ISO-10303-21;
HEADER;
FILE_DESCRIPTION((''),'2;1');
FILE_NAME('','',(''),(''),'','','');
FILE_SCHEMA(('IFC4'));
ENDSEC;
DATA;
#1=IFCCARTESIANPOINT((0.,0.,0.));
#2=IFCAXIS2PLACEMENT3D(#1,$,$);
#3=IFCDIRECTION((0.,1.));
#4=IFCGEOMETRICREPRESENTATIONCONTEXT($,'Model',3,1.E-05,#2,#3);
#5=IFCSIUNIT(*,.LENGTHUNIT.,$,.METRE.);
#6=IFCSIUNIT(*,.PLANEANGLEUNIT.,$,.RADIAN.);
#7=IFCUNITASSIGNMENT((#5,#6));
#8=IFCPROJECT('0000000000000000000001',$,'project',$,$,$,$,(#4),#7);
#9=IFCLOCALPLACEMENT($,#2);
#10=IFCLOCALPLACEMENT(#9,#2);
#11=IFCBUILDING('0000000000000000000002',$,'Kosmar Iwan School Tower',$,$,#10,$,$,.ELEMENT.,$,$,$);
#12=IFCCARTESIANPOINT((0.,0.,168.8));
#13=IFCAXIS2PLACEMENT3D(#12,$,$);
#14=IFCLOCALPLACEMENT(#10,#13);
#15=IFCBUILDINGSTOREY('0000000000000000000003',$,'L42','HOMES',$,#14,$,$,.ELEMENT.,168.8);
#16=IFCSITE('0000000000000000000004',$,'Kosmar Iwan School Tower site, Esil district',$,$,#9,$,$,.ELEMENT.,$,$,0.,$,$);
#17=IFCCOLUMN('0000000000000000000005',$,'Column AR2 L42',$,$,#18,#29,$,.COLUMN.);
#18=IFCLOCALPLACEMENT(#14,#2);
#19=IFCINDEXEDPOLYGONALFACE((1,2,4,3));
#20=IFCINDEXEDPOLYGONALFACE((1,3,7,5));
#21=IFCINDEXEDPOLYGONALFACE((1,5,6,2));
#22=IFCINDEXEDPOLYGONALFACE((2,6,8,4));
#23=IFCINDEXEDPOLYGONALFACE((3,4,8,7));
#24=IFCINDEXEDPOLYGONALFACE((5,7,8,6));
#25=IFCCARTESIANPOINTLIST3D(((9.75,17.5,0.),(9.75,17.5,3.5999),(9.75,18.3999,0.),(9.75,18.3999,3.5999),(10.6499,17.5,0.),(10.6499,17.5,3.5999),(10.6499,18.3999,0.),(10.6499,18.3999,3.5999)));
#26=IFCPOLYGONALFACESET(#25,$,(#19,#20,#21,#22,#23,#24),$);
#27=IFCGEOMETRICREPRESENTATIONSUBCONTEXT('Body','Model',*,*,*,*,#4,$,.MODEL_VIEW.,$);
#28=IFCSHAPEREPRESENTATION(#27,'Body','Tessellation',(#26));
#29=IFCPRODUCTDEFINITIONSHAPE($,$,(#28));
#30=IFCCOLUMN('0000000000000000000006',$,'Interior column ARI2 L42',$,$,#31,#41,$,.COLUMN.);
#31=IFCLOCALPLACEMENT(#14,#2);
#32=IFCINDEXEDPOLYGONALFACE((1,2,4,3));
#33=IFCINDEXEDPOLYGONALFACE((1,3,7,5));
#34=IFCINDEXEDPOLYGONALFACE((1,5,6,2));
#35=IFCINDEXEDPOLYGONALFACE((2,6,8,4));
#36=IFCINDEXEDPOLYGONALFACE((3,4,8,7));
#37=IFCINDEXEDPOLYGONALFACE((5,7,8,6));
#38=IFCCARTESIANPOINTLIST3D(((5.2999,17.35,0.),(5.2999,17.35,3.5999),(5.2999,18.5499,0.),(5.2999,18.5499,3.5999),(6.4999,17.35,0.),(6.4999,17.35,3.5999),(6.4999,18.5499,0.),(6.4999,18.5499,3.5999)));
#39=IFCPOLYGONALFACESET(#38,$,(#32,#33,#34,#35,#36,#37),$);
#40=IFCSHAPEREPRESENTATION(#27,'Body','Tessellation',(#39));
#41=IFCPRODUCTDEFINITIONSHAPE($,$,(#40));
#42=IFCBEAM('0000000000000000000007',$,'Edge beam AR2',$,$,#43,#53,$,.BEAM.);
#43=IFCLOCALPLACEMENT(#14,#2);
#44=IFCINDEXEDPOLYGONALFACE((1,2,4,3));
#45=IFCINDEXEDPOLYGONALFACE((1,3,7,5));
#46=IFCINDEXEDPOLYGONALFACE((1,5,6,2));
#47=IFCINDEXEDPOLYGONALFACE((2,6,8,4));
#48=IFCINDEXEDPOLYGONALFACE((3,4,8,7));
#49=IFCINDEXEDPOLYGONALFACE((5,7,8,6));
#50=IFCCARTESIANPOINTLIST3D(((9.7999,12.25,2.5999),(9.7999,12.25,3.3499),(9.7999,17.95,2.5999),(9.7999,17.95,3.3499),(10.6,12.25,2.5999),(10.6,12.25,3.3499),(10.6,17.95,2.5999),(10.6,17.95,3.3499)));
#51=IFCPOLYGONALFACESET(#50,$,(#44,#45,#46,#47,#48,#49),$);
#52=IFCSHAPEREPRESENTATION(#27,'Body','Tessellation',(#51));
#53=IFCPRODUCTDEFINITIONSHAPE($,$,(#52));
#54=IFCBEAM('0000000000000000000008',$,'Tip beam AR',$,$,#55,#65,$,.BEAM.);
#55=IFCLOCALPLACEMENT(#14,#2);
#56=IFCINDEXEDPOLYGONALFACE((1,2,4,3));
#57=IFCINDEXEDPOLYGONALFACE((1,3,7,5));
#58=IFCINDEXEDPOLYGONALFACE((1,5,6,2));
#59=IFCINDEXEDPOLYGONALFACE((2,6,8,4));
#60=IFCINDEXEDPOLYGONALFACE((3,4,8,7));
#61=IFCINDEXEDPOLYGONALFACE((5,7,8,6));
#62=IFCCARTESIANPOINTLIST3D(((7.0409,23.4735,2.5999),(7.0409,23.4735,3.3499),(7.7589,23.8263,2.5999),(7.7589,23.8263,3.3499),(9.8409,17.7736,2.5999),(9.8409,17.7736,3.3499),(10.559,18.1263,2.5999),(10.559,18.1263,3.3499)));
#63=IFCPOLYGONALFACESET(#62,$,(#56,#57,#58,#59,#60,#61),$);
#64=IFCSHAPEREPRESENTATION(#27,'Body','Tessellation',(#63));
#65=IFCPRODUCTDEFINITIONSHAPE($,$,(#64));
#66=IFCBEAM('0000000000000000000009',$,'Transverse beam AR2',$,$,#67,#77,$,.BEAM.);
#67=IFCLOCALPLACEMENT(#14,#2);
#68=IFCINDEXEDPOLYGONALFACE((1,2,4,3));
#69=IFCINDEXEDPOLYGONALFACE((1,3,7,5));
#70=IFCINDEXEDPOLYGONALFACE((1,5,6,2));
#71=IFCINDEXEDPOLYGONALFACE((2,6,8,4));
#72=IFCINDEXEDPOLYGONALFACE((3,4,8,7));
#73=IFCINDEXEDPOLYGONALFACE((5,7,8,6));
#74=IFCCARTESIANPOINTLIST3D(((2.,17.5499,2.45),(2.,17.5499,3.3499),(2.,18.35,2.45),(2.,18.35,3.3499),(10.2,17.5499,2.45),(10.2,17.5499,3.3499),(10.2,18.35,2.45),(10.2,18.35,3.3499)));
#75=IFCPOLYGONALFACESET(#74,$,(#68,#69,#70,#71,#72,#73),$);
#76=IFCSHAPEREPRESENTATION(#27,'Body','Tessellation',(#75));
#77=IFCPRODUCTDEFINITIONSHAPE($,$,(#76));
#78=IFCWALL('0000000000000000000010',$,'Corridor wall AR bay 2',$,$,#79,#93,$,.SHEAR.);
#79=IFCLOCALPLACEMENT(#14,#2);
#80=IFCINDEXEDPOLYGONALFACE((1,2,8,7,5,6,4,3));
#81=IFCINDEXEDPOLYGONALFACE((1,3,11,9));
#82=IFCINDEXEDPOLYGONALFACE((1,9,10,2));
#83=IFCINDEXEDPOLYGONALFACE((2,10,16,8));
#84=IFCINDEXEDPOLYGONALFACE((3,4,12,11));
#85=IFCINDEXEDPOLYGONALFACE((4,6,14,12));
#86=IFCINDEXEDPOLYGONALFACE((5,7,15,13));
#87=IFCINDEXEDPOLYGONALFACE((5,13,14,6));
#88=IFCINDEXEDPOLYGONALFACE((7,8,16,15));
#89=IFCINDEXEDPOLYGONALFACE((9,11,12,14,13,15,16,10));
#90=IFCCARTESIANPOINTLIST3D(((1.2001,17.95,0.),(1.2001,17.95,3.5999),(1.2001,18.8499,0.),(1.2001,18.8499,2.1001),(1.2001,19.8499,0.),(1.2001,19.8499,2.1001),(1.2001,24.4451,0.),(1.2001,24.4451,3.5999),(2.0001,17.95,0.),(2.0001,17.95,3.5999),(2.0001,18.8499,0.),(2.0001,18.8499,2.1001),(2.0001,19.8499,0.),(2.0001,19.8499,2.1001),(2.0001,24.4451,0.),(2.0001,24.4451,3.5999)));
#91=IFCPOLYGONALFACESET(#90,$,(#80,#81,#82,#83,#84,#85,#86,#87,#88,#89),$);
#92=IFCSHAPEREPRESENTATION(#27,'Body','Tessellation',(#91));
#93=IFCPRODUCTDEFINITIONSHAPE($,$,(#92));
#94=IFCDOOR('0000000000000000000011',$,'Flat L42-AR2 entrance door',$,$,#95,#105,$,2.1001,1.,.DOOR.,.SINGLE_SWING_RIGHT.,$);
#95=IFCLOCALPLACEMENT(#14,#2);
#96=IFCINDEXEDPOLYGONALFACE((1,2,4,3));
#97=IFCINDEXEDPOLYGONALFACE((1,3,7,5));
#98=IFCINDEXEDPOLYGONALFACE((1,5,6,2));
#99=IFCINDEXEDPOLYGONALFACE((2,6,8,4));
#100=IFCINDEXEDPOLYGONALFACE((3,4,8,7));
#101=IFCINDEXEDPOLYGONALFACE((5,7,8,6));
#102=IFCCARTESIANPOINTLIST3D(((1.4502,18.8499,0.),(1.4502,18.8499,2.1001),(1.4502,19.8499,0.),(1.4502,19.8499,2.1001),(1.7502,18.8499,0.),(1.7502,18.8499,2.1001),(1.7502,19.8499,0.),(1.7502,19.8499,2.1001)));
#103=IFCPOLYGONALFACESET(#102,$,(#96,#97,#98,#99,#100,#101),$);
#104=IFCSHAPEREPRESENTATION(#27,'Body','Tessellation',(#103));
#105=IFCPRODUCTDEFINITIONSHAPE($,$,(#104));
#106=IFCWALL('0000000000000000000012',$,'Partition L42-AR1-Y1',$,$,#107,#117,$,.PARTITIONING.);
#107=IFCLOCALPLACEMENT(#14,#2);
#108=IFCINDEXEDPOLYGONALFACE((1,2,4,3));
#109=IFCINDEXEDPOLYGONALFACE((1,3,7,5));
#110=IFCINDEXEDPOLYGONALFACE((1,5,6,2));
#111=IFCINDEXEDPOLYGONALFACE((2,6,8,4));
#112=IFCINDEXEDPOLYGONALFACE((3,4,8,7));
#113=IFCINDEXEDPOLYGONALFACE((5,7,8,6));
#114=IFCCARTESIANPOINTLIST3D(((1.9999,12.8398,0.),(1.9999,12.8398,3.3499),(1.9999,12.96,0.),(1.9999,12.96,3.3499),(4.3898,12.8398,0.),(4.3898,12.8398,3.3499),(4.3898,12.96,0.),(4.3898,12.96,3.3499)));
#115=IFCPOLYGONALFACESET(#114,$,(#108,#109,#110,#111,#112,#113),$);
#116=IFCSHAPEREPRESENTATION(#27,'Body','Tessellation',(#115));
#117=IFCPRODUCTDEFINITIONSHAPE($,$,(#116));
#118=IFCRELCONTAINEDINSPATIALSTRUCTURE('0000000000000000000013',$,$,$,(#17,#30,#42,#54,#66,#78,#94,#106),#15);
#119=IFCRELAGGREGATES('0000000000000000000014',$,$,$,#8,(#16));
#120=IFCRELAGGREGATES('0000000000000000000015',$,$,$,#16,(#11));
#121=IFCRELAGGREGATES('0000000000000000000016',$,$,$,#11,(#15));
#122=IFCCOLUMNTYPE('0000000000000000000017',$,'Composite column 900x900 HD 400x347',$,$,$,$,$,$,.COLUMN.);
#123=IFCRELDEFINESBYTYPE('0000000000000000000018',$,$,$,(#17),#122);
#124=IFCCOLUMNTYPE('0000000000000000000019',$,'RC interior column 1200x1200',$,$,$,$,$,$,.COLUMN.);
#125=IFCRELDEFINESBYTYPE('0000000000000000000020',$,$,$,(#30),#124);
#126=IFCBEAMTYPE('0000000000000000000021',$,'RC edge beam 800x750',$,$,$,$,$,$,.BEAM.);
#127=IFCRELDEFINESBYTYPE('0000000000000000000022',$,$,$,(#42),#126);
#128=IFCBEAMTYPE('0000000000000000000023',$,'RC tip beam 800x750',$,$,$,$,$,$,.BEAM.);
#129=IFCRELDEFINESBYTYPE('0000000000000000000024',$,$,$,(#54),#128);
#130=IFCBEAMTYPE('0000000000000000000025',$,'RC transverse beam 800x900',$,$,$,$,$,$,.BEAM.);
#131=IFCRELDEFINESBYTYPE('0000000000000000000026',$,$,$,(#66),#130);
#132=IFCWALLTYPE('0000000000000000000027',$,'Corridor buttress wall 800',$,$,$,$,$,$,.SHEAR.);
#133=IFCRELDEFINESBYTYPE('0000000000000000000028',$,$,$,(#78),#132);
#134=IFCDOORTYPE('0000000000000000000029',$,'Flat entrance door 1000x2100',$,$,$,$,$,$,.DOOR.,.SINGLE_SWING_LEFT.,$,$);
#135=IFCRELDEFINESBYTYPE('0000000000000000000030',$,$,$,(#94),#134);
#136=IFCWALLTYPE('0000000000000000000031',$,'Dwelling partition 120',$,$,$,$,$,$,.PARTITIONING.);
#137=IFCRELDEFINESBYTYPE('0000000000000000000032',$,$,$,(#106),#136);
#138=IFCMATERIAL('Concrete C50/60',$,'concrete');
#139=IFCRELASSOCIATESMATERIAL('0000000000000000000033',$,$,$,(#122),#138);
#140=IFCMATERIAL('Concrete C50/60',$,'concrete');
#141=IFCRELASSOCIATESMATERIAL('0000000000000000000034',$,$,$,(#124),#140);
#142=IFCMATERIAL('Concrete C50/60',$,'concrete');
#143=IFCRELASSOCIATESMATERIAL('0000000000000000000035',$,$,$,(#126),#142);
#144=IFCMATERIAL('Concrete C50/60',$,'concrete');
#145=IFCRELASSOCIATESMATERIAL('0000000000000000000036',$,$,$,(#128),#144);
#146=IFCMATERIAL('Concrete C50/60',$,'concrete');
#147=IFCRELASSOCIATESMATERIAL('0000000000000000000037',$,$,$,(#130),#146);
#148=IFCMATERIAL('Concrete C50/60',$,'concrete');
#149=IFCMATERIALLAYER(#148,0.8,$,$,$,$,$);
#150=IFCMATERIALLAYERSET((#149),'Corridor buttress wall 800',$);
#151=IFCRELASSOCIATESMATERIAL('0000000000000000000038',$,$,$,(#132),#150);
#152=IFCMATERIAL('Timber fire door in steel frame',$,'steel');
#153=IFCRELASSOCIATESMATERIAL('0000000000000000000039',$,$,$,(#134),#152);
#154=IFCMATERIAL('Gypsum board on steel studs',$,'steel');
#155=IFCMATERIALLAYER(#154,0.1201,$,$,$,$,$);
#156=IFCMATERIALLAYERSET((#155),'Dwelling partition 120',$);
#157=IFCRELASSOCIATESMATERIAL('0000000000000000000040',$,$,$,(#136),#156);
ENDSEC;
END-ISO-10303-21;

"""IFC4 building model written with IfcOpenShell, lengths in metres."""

from ifc_helpers import new_model, si_unit, direction, frame, frame_2d, origin, origin_2d, place, context, subcontext, project, spatial, rectangle, extrude, material, layer, layer_set, material_profile, profile_set, type_object, element, fill, save


model = new_model("IFC4")

# Units and contexts
model_context = context("Model", 3, precision=1e-05, world=origin(), true_north=direction((0.0, 1.0)))
body_context = subcontext(model_context, "Body", "Model", "MODEL_VIEW")
ifc_project = project(units=[si_unit("LENGTHUNIT", "METRE"), si_unit("PLANEANGLEUNIT", "RADIAN")], contexts=[model_context])

# Site, building, storey
site_placement = place(None, origin())
site = spatial("IfcSite", under=ifc_project, at=site_placement, Name="Kosmar Iwan School Tower site, Esil district", CompositionType="ELEMENT", RefElevation=0.0)
building_placement = place(site_placement, origin())
building = spatial("IfcBuilding", under=site, at=building_placement, Name="Kosmar Iwan School Tower", CompositionType="ELEMENT")
storey_placement = place(building_placement, frame((0.0, 0.0, 168.8)))
storey = spatial("IfcBuildingStorey", under=building, at=storey_placement, Name="L42", Description="HOMES", CompositionType="ELEMENT", Elevation=168.8)

# Columns
ifc_material_1 = material(Name="Concrete C50/60", Category="concrete")
ifc_material_profile_1 = material_profile(ifc_material_1, rectangle(XDim=0.8999, YDim=0.8999, at=origin_2d()), Name="RC 900x900 + HD 400x347")
ifc_profile_set_1 = profile_set([ifc_material_profile_1], Name="Concrete C50/60")
column_type_1 = type_object("IfcColumnType", Name="Composite column 900x900 HD 400x347", PredefinedType="COLUMN", material=ifc_profile_set_1)
column_1_placement = place(storey_placement, frame((10.2, 17.95, 0.0), z_axis=(0.0, 0.0, 1.0), x_axis=(0.0, 1.0, 0.0)))
element("IfcColumn", 1, at=column_1_placement, inside=storey, type_object=column_type_1, Name="Column AR2 L42", PredefinedType="COLUMN", context=body_context, shape_type="SweptSolid", body=[
    extrude(rectangle(XDim=0.8999, YDim=0.8999, at=origin_2d()), origin(), (0.0, 0.0, 1.0), 3.5999),
])
ifc_material_2 = material(Name="Concrete C50/60", Category="concrete")
ifc_material_profile_2 = material_profile(ifc_material_2, rectangle(XDim=1.2, YDim=1.2, at=origin_2d()), Name="RC 1200x1200")
ifc_profile_set_2 = profile_set([ifc_material_profile_2], Name="Concrete C50/60")
column_type_2 = type_object("IfcColumnType", Name="RC interior column 1200x1200", PredefinedType="COLUMN", material=ifc_profile_set_2)
column_2_placement = place(storey_placement, frame((5.8999, 17.95, 0.0), z_axis=(0.0, 0.0, 1.0), x_axis=(0.0, 1.0, 0.0)))
element("IfcColumn", 2, at=column_2_placement, inside=storey, type_object=column_type_2, Name="Interior column ARI2 L42", PredefinedType="COLUMN", context=body_context, shape_type="SweptSolid", body=[
    extrude(rectangle(XDim=1.2, YDim=1.2, at=origin_2d()), origin(), (0.0, 0.0, 1.0), 3.5999),
])

# Beams
ifc_material_3 = material(Name="Concrete C50/60", Category="concrete")
ifc_material_profile_3 = material_profile(ifc_material_3, rectangle(XDim=0.8, YDim=0.75, at=origin_2d()), Name="RC 800x750")
ifc_profile_set_3 = profile_set([ifc_material_profile_3], Name="Concrete C50/60")
beam_type_1 = type_object("IfcBeamType", Name="RC edge beam 800x750", PredefinedType="BEAM", material=ifc_profile_set_3)
beam_1_placement = place(storey_placement, frame((10.2, 12.25, 2.9749), z_axis=(0.0, 1.0, 0.0), x_axis=(-1.0, 0.0, 0.0)))
element("IfcBeam", 3, at=beam_1_placement, inside=storey, type_object=beam_type_1, Name="Edge beam AR2", PredefinedType="BEAM", context=body_context, shape_type="SweptSolid", body=[
    extrude(rectangle(XDim=0.8, YDim=0.75, at=origin_2d()), origin(), (0.0, 0.0, 1.0), 5.7),
])
ifc_material_4 = material(Name="Concrete C50/60", Category="concrete")
ifc_material_profile_4 = material_profile(ifc_material_4, rectangle(XDim=0.8, YDim=0.75, at=origin_2d()), Name="RC 800x750")
ifc_profile_set_4 = profile_set([ifc_material_profile_4], Name="Concrete C50/60")
beam_type_2 = type_object("IfcBeamType", Name="RC tip beam 800x750", PredefinedType="BEAM", material=ifc_profile_set_4)
beam_2_placement = place(storey_placement, frame((10.2, 17.95, 2.9749), z_axis=(-0.440913, 0.89755, 0.0), x_axis=(-0.89755, -0.440913, 0.0)))
element("IfcBeam", 4, at=beam_2_placement, inside=storey, type_object=beam_type_2, Name="Tip beam AR", PredefinedType="BEAM", context=body_context, shape_type="SweptSolid", body=[
    extrude(rectangle(XDim=0.8, YDim=0.75, at=origin_2d()), origin(), (0.0, 0.0, 1.0), 6.3506),
])
ifc_material_5 = material(Name="Concrete C50/60", Category="concrete")
ifc_material_profile_5 = material_profile(ifc_material_5, rectangle(XDim=0.8, YDim=0.8999, at=origin_2d()), Name="RC 800x900")
ifc_profile_set_5 = profile_set([ifc_material_profile_5], Name="Concrete C50/60")
beam_type_3 = type_object("IfcBeamType", Name="RC transverse beam 800x900", PredefinedType="BEAM", material=ifc_profile_set_5)
beam_3_placement = place(storey_placement, frame((10.2, 17.95, 2.8999), z_axis=(-1.0, 0.0, 0.0), x_axis=(0.0, -1.0, 0.0)))
element("IfcBeam", 5, at=beam_3_placement, inside=storey, type_object=beam_type_3, Name="Transverse beam AR2", PredefinedType="BEAM", context=body_context, shape_type="SweptSolid", body=[
    extrude(rectangle(XDim=0.8, YDim=0.8999, at=origin_2d()), origin(), (0.0, 0.0, 1.0), 8.2),
])

# Wall, opening, door
ifc_material_6 = material(Name="Concrete C50/60", Category="concrete")
ifc_layer_1 = layer(ifc_material_6, 0.8)
ifc_layer_set_1 = layer_set([ifc_layer_1], Name="Corridor buttress wall 800")
wall_type_1 = type_object("IfcWallType", Name="Corridor buttress wall 800", PredefinedType="SHEAR", material=ifc_layer_set_1)
wall_1_placement = place(storey_placement, frame((1.6001, 17.95, 0.0), z_axis=(0.0, 0.0, 1.0), x_axis=(0.0, 1.0, 0.0)))
wall_1 = element("IfcWall", 6, at=wall_1_placement, inside=storey, type_object=wall_type_1, Name="Corridor wall AR bay 2", PredefinedType="SHEAR", context=body_context, shape_type="SweptSolid", body=[
    extrude(rectangle(XDim=6.4951, YDim=0.8, at=frame_2d((3.2476, 0.0))), origin(), (0.0, 0.0, 1.0), 3.5999),
])
opening_1_placement = place(wall_1_placement, frame((0.8999, 0.0, 0.0)))
opening_1 = element("IfcOpeningElement", 7, at=opening_1_placement, cuts=wall_1, PredefinedType="OPENING", context=body_context, shape_type="SweptSolid", body=[
    extrude(rectangle(XDim=1.0, YDim=2.1001, at=frame_2d((0.5, 1.05))), frame((0.0, 0.4121, 0.0), z_axis=(0.0, -1.0, 0.0), x_axis=(1.0, 0.0, 0.0)), (0.0, 0.0, 1.0), 0.824),
])
ifc_material_7 = material(Name="Timber fire door in steel frame", Category="steel")
door_type_1 = type_object("IfcDoorType", Name="Flat entrance door 1000x2100", OperationType="SINGLE_SWING_LEFT", PredefinedType="DOOR", material=ifc_material_7)
door_1_placement = place(opening_1_placement, origin())
door_1 = element("IfcDoor", 8, at=door_1_placement, inside=storey, type_object=door_type_1, Name="Flat L42-AR2 entrance door", OperationType="SINGLE_SWING_RIGHT", OverallHeight=2.1001, OverallWidth=1.0, PredefinedType="DOOR", context=body_context, shape_type="SweptSolid", body=[
    extrude(rectangle(XDim=1.0, YDim=2.1001, at=frame_2d((0.5, 1.05))), frame((0.0, 0.1499, 0.0), z_axis=(0.0, -1.0, 0.0), x_axis=(1.0, 0.0, 0.0)), (0.0, 0.0, 1.0), 0.3),
])
fill(opening_1, door_1)

# Wall
ifc_material_8 = material(Name="Gypsum board on steel studs", Category="steel")
ifc_layer_2 = layer(ifc_material_8, 0.1201)
ifc_layer_set_2 = layer_set([ifc_layer_2], Name="Dwelling partition 120")
wall_type_2 = type_object("IfcWallType", Name="Dwelling partition 120", PredefinedType="PARTITIONING", material=ifc_layer_set_2)
wall_2_placement = place(storey_placement, frame((2.0, 12.8999, 0.0), z_axis=(0.0, 0.0, 1.0), x_axis=(1.0, 0.0, 0.0)))
element("IfcWall", 9, at=wall_2_placement, inside=storey, type_object=wall_type_2, Name="Partition L42-AR1-Y1", PredefinedType="PARTITIONING", context=body_context, shape_type="SweptSolid", body=[
    extrude(rectangle(XDim=2.3899, YDim=0.1201, at=frame_2d((1.1948, 0.0))), origin(), (0.0, 0.0, 1.0), 3.3499),
])

save(model, "model.ifc")
